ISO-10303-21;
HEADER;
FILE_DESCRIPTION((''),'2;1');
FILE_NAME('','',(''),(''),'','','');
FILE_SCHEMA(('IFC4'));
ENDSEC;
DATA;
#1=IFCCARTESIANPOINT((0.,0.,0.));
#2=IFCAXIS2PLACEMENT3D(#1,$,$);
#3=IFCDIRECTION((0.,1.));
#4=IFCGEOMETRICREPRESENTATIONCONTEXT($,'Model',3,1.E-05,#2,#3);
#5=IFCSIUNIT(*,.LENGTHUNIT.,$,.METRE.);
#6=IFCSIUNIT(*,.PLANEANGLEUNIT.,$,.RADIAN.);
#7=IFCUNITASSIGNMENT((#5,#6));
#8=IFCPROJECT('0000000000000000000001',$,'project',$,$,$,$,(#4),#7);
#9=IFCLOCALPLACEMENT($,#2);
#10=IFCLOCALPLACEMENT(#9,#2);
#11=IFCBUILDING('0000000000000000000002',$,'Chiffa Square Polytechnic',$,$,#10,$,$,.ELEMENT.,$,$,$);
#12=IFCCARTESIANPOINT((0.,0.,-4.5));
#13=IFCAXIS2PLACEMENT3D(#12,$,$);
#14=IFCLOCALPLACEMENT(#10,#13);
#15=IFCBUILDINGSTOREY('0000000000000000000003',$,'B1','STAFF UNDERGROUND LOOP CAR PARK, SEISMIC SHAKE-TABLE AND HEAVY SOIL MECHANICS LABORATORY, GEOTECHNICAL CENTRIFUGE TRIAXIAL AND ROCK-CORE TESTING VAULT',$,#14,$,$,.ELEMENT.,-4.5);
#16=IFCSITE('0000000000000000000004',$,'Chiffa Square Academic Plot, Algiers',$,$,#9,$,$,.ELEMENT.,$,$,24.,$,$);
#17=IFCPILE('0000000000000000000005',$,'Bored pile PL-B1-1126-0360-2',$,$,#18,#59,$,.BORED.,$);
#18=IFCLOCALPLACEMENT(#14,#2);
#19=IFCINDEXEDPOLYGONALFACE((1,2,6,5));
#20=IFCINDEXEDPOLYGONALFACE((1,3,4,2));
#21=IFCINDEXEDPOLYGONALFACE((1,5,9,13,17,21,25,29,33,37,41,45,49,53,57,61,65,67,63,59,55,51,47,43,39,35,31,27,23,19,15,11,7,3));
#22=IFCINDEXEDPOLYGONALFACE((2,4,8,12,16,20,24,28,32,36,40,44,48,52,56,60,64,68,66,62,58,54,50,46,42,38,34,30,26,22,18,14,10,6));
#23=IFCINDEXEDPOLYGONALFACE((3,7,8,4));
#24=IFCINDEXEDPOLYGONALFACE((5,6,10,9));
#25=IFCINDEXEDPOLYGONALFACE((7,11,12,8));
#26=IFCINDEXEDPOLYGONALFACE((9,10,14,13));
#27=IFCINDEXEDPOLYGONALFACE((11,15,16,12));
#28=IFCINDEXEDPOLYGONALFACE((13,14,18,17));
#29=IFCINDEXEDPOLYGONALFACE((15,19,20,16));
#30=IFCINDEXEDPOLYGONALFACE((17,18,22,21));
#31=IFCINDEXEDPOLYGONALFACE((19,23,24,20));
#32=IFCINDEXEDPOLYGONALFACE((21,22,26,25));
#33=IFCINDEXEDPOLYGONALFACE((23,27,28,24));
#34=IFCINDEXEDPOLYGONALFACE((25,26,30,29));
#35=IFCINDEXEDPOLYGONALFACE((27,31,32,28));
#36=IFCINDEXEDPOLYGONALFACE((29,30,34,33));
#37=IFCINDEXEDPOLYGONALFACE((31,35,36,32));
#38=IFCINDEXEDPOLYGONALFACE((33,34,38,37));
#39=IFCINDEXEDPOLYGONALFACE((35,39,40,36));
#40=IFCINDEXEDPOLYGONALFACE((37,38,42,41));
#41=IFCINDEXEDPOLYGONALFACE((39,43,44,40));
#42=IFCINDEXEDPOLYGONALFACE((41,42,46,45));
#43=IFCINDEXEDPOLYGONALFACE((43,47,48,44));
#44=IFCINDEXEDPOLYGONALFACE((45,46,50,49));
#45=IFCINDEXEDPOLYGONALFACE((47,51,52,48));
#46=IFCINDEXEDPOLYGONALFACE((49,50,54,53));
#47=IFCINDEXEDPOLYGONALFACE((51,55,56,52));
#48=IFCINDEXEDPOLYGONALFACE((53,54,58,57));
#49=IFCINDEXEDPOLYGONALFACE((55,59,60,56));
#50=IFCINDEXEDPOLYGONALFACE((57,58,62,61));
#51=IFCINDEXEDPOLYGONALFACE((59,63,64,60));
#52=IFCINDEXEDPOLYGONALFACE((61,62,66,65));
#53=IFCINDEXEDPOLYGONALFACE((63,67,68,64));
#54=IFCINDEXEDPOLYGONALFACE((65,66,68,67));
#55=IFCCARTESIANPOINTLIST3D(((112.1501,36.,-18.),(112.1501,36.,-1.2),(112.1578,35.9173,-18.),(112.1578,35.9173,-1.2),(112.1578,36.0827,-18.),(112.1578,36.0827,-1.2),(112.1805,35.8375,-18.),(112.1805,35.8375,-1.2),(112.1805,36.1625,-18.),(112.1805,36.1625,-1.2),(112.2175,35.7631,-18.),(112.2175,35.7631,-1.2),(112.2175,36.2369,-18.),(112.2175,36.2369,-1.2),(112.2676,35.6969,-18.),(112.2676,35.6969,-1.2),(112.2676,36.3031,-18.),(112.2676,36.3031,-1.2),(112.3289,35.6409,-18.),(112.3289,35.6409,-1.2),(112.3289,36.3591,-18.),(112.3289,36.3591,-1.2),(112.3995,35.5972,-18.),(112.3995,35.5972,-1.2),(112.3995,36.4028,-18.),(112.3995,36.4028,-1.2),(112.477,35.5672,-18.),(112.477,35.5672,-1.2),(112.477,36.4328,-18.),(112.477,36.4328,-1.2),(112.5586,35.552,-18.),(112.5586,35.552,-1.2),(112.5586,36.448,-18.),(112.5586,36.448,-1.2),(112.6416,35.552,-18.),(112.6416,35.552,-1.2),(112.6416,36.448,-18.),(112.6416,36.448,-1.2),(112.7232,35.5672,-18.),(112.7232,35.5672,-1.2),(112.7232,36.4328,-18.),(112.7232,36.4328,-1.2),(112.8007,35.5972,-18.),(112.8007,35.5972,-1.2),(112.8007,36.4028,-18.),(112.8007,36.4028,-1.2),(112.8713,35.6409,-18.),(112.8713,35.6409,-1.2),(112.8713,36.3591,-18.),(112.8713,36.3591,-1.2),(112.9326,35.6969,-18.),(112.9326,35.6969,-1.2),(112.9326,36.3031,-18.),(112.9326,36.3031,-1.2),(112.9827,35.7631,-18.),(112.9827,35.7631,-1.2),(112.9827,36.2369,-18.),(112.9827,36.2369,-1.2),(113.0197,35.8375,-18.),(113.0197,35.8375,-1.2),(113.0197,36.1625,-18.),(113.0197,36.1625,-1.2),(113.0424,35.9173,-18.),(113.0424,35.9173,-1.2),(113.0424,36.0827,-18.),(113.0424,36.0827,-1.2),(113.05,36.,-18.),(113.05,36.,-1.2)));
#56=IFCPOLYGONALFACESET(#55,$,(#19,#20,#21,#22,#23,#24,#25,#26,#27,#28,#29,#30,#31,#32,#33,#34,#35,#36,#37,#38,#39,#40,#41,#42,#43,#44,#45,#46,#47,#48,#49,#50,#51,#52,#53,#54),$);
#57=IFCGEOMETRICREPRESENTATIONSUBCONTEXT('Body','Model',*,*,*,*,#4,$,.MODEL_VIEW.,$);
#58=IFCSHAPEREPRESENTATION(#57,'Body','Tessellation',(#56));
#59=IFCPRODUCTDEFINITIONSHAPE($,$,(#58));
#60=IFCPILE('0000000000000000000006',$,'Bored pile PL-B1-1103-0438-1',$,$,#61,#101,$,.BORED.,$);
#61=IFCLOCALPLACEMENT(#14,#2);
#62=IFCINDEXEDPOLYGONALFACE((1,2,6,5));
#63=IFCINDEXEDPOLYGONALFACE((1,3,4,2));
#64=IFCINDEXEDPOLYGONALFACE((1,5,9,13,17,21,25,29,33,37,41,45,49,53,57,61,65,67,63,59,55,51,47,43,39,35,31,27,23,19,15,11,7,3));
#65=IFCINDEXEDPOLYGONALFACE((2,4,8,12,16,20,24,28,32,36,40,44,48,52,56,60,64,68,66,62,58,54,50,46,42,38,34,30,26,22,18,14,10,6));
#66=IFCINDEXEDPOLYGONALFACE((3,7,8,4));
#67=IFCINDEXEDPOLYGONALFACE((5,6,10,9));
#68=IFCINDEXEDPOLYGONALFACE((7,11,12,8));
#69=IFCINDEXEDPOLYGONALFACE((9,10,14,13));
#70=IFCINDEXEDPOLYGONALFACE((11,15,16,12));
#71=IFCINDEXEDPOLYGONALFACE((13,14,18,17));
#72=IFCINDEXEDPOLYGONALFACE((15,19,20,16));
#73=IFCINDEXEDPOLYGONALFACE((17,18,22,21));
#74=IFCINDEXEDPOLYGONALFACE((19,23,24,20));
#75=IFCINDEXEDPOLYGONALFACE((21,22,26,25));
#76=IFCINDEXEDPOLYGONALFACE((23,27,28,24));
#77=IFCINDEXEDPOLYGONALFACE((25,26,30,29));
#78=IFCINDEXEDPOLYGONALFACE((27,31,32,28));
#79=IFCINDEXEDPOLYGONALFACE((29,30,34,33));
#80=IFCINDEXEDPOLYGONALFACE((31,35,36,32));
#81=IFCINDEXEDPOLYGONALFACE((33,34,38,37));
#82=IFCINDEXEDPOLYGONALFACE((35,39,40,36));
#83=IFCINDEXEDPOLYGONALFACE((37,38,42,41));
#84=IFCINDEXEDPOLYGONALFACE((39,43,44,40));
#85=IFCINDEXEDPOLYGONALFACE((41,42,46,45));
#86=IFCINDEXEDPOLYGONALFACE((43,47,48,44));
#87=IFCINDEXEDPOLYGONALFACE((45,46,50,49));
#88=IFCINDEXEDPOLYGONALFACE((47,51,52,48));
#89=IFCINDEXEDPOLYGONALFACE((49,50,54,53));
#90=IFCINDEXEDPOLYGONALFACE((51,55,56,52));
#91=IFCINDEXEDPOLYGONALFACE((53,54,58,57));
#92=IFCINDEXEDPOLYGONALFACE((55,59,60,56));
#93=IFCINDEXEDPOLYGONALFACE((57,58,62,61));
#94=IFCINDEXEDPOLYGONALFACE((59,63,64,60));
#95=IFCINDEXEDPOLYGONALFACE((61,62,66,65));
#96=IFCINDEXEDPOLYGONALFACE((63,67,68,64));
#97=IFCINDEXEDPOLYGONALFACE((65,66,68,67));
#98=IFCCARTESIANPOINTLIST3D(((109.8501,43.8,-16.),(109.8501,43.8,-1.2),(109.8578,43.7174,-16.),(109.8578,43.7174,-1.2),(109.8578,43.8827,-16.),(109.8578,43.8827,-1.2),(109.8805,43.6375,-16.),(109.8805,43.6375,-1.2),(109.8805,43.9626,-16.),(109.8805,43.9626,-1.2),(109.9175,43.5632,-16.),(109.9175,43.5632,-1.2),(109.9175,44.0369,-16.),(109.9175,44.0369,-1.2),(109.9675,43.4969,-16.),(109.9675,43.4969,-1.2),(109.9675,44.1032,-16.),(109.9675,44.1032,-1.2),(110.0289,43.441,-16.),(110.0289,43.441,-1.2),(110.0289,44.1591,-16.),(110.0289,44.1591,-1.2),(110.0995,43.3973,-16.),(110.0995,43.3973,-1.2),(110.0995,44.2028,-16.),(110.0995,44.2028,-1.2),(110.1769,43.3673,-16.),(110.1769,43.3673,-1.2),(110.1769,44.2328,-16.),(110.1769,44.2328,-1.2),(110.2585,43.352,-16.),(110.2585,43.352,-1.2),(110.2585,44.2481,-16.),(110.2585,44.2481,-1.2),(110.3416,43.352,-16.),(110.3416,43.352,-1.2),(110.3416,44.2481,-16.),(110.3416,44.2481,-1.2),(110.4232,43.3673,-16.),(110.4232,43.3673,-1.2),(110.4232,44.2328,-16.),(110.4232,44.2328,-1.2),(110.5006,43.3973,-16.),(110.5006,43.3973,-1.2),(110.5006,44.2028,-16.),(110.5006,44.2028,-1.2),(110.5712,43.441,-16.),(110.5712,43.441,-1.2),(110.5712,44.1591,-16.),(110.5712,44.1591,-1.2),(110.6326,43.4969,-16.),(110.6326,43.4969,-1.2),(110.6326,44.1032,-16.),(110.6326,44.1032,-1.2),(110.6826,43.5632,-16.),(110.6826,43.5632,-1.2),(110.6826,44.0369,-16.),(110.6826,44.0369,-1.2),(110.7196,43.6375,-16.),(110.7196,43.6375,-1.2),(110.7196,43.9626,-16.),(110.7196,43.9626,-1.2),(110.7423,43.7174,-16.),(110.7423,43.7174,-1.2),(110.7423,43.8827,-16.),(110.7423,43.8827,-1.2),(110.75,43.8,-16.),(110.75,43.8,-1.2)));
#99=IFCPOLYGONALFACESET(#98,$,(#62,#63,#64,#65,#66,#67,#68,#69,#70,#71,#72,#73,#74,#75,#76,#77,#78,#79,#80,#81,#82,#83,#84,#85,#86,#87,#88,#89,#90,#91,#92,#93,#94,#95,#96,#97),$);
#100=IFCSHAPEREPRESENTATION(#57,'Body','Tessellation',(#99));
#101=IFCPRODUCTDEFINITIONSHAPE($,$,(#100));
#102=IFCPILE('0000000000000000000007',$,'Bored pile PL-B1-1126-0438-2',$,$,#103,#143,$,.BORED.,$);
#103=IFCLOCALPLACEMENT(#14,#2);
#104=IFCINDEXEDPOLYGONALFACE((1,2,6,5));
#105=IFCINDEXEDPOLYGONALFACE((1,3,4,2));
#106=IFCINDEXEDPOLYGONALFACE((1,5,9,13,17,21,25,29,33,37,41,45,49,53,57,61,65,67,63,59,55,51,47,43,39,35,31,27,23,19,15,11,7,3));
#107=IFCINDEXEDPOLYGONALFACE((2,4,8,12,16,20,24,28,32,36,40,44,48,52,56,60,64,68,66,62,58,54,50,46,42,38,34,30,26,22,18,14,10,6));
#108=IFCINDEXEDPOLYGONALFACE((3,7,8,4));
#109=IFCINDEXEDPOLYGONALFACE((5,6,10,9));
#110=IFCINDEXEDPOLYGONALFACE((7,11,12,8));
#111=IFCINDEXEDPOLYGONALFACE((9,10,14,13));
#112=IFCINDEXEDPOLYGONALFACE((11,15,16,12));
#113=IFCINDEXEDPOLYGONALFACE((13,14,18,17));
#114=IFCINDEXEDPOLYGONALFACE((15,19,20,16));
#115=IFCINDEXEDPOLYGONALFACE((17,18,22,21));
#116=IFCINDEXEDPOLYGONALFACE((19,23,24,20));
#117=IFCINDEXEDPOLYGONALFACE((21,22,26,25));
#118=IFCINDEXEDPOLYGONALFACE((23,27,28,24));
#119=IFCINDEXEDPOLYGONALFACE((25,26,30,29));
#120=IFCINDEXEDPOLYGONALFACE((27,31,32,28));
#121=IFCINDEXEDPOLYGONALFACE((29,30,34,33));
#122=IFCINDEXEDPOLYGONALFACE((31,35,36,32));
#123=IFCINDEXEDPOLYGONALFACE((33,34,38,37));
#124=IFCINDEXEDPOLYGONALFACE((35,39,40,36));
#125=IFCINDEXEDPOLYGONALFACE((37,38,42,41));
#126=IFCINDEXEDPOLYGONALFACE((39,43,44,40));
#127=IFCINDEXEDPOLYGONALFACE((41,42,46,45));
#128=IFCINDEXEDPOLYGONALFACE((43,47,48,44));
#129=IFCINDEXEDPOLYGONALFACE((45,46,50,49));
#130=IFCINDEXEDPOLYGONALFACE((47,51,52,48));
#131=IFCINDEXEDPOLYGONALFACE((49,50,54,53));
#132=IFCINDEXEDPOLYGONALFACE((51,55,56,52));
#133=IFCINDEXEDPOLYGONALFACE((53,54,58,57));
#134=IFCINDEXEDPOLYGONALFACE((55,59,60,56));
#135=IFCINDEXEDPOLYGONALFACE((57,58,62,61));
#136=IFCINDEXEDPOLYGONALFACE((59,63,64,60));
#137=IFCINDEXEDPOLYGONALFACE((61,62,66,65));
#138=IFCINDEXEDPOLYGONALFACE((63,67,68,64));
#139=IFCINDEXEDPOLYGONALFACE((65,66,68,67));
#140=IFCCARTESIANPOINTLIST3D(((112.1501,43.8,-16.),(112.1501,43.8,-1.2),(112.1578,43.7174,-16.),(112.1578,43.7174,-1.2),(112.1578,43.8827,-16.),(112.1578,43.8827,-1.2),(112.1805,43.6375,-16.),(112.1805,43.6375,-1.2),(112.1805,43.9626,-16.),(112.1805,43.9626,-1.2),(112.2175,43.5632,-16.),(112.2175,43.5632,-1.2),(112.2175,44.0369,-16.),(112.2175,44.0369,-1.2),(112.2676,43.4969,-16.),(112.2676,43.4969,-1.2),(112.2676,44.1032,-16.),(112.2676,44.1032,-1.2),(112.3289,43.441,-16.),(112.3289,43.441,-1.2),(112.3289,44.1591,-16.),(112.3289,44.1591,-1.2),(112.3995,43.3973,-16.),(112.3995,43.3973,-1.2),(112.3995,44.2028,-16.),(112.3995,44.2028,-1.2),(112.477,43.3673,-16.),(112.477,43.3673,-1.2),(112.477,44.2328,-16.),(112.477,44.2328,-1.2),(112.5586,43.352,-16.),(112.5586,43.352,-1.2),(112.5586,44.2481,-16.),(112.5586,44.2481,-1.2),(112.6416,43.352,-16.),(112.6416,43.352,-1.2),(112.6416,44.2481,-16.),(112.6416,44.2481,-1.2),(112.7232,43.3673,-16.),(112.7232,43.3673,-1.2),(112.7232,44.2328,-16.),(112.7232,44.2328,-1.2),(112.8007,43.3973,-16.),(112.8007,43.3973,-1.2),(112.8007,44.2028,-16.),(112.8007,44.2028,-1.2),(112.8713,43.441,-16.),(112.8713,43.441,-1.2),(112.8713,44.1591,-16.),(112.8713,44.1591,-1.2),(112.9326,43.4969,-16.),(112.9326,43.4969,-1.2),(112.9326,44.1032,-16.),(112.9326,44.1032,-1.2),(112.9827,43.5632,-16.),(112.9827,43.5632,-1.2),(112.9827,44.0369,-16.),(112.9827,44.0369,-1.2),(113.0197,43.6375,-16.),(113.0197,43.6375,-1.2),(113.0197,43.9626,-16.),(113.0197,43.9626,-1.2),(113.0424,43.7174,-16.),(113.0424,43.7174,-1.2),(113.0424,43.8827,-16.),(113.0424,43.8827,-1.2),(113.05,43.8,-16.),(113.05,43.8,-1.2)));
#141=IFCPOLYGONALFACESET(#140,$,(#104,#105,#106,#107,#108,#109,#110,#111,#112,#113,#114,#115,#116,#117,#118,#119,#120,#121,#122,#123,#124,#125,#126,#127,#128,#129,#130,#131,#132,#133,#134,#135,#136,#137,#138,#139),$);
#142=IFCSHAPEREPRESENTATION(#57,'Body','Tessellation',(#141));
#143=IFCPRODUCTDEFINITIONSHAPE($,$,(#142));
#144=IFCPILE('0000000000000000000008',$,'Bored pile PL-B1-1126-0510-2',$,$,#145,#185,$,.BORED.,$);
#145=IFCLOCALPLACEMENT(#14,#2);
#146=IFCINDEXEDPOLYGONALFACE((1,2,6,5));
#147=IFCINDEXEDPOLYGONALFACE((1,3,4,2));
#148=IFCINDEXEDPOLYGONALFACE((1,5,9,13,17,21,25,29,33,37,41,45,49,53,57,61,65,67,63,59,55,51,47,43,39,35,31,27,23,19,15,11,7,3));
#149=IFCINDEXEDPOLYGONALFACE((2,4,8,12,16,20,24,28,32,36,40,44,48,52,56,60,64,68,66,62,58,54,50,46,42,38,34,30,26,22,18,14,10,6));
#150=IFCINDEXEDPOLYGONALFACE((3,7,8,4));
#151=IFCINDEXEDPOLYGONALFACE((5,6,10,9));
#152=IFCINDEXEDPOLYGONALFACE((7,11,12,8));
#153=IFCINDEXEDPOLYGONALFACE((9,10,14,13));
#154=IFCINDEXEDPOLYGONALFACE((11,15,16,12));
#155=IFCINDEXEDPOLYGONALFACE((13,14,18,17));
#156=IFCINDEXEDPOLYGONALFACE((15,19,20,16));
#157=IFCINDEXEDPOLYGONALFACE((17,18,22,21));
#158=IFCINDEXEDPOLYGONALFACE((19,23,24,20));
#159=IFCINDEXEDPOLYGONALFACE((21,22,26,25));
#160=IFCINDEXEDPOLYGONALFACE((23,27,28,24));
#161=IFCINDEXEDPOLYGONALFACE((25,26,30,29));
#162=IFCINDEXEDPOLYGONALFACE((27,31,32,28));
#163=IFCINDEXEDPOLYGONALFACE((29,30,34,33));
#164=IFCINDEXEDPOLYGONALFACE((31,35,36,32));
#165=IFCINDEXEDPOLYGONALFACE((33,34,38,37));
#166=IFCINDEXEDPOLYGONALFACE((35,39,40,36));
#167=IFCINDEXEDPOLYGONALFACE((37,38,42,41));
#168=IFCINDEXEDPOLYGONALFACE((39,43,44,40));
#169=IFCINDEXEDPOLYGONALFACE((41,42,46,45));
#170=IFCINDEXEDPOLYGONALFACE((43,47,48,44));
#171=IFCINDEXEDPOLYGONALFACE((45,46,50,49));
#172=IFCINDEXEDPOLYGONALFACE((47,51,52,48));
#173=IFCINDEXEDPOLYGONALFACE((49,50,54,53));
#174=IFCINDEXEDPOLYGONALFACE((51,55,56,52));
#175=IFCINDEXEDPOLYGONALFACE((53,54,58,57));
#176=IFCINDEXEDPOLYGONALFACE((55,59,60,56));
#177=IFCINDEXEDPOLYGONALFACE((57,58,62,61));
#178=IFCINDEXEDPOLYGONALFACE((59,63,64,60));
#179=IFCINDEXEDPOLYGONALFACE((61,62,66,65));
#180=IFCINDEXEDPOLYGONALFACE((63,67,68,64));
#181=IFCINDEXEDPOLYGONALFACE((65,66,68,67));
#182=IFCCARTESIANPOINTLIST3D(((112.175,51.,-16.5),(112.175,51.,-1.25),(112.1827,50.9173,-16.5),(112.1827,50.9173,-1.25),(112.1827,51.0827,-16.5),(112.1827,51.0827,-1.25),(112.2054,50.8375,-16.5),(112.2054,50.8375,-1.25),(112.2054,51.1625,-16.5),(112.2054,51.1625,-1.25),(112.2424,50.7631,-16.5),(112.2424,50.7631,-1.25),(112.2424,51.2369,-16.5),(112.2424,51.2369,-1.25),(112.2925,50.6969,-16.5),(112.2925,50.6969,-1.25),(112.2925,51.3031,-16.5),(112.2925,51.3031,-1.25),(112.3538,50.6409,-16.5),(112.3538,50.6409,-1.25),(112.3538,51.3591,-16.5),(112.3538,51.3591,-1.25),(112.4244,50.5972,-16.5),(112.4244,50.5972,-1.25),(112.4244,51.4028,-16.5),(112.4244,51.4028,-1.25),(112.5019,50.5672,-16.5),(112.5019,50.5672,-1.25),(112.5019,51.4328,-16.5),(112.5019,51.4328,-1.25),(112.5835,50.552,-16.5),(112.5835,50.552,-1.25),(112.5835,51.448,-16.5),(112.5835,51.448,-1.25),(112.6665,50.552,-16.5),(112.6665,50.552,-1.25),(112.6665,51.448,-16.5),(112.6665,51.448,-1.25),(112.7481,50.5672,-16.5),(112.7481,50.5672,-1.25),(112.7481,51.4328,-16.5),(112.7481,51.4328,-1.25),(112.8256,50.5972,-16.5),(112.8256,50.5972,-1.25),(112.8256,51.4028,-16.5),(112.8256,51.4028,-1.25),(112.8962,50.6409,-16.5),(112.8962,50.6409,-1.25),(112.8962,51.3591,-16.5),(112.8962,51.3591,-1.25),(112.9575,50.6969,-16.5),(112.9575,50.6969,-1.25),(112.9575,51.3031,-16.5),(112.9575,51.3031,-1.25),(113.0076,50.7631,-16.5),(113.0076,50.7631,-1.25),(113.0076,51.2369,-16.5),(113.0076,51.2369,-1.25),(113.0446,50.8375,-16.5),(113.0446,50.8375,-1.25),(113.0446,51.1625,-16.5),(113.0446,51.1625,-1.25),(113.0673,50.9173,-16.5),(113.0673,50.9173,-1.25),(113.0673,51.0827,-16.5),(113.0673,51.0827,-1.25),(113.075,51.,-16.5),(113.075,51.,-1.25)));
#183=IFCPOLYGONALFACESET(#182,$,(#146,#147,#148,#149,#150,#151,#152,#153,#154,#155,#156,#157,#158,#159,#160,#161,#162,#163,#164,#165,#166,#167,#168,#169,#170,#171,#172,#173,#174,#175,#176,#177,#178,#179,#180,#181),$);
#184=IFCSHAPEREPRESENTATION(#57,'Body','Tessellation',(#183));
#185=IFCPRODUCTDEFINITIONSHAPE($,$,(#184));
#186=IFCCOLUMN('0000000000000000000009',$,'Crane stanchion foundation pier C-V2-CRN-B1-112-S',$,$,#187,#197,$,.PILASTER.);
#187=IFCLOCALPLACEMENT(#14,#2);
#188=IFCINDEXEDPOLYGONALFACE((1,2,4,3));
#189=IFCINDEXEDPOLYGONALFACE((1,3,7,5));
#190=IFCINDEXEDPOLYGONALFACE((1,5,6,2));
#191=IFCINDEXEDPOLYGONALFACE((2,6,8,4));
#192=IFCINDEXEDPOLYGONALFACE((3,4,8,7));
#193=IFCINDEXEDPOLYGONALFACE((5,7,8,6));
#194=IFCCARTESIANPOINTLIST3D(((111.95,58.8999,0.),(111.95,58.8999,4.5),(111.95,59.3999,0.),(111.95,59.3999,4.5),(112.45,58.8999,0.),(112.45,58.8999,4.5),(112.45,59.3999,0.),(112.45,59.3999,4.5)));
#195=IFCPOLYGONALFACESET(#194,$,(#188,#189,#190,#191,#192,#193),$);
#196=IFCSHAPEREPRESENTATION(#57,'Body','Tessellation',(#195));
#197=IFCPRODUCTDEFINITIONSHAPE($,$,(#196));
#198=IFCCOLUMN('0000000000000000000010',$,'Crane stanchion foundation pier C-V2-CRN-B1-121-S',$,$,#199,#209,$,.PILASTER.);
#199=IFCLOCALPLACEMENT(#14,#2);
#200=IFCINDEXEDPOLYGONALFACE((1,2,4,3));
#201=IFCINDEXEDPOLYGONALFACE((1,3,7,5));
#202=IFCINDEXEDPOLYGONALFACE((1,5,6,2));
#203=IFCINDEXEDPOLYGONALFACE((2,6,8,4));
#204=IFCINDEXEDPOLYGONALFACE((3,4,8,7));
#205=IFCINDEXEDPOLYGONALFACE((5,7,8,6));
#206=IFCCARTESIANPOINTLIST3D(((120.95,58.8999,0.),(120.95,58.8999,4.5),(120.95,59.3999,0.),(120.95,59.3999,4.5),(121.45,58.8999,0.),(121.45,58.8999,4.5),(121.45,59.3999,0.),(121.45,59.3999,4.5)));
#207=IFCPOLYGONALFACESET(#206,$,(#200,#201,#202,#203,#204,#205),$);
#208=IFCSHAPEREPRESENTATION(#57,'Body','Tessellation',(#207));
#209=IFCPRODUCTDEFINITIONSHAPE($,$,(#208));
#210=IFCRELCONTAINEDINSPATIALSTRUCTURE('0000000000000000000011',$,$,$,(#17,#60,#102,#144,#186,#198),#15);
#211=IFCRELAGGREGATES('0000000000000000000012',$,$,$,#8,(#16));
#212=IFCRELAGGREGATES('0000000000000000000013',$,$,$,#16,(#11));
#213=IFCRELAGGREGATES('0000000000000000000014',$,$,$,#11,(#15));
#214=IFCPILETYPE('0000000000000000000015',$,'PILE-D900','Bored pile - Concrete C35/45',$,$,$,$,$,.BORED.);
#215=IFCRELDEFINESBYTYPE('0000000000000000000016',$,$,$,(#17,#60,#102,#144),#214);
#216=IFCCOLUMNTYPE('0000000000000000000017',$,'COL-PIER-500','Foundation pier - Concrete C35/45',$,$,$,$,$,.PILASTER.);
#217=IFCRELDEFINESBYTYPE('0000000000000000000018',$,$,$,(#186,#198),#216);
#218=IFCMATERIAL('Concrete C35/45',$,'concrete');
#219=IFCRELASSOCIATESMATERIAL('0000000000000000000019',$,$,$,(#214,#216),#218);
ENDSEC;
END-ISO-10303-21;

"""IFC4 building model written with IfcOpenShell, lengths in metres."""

from ifc_helpers import new_model, si_unit, direction, frame, origin, origin_2d, place, context, subcontext, project, spatial, rectangle, circle, extrude, material, material_profile, profile_set, type_object, element, save


model = new_model("IFC4")

# Units and contexts
model_context = context("Model", 3, precision=1e-05, world=origin(), true_north=direction((0.0, 1.0)))
body_context = subcontext(model_context, "Body", "Model", "MODEL_VIEW")
ifc_project = project(units=[si_unit("LENGTHUNIT", "METRE"), si_unit("PLANEANGLEUNIT", "RADIAN")], contexts=[model_context])

# Site, building, storey
site_placement = place(None, origin())
site = spatial("IfcSite", under=ifc_project, at=site_placement, Name="Chiffa Square Academic Plot, Algiers", CompositionType="ELEMENT", RefElevation=24.0)
building_placement = place(site_placement, origin())
building = spatial("IfcBuilding", under=site, at=building_placement, Name="Chiffa Square Polytechnic", CompositionType="ELEMENT")
storey_placement = place(building_placement, frame((0.0, 0.0, -4.5)))
storey = spatial("IfcBuildingStorey", under=building, at=storey_placement, Name="B1", Description="STAFF UNDERGROUND LOOP CAR PARK, SEISMIC SHAKE-TABLE AND HEAVY SOIL MECHANICS LABORATORY, GEOTECHNICAL CENTRIFUGE TRIAXIAL AND ROCK-CORE TESTING VAULT", CompositionType="ELEMENT", Elevation=-4.5)

# Shared definitions
ifc_material = material(Name="Concrete C35/45", Category="concrete")

# Piles
ifc_material_profile_1 = material_profile(ifc_material, circle(Radius=0.45, at=origin_2d()), Name="PILE D900")
ifc_profile_set_1 = profile_set([ifc_material_profile_1], Name="Concrete C35/45")
pile_type_1 = type_object("IfcPileType", Name="PILE-D900", Description="Bored pile - Concrete C35/45", PredefinedType="BORED", material=ifc_profile_set_1)
pile_1_placement = place(storey_placement, frame((112.6001, 36.0, -1.2), z_axis=(0.0, 0.0, -1.0), x_axis=(1.0, 0.0, 0.0)))
element("IfcPile", 1, at=pile_1_placement, inside=storey, type_object=pile_type_1, Name="Bored pile PL-B1-1126-0360-2", PredefinedType="BORED", context=body_context, shape_type="SweptSolid", body=[
    extrude(circle(Radius=0.45, at=origin_2d()), origin(), (0.0, 0.0, 1.0), 16.8),
])
for number, where, z_axis, x_axis, name in (
    (2, (110.3, 43.8, -1.2), (0.0, 0.0, -1.0), (1.0, 0.0, 0.0), "Bored pile PL-B1-1103-0438-1"),
    (3, (112.6001, 43.8, -1.2), (0.0, 0.0, -1.0), (1.0, 0.0, 0.0), "Bored pile PL-B1-1126-0438-2"),
):
    element("IfcPile", number, at=place(storey_placement, frame(where, z_axis=z_axis, x_axis=x_axis)), inside=storey, type_object=pile_type_1, Name=name, PredefinedType="BORED", context=body_context, shape_type="SweptSolid", body=[
        extrude(circle(Radius=0.45, at=origin_2d()), origin(), (0.0, 0.0, 1.0), 14.8),
    ])
pile_2_placement = place(storey_placement, frame((112.625, 51.0, -1.25), z_axis=(0.0, 0.0, -1.0), x_axis=(1.0, 0.0, 0.0)))
element("IfcPile", 4, at=pile_2_placement, inside=storey, type_object=pile_type_1, Name="Bored pile PL-B1-1126-0510-2", PredefinedType="BORED", context=body_context, shape_type="SweptSolid", body=[
    extrude(circle(Radius=0.45, at=origin_2d()), origin(), (0.0, 0.0, 1.0), 15.25),
])

# Columns
ifc_material_profile_2 = material_profile(ifc_material, rectangle(XDim=0.5, YDim=0.5, at=origin_2d()), Name="RC 500x500")
ifc_profile_set_2 = profile_set([ifc_material_profile_2], Name="Concrete C35/45")
column_type_1 = type_object("IfcColumnType", Name="COL-PIER-500", Description="Foundation pier - Concrete C35/45", PredefinedType="PILASTER", material=ifc_profile_set_2)
for number, where, z_axis, x_axis, name in (
    (5, (112.2, 59.1499, 0.0), (0.0, 0.0, 1.0), (1.0, 0.0, 0.0), "Crane stanchion foundation pier C-V2-CRN-B1-112-S"),
    (6, (121.2, 59.1499, 0.0), (0.0, 0.0, 1.0), (1.0, 0.0, 0.0), "Crane stanchion foundation pier C-V2-CRN-B1-121-S"),
):
    element("IfcColumn", number, at=place(storey_placement, frame(where, z_axis=z_axis, x_axis=x_axis)), inside=storey, type_object=column_type_1, Name=name, PredefinedType="PILASTER", context=body_context, shape_type="SweptSolid", body=[
        extrude(rectangle(XDim=0.5, YDim=0.5, at=origin_2d()), origin(), (0.0, 0.0, 1.0), 4.5),
    ])

save(model, "model.ifc")
